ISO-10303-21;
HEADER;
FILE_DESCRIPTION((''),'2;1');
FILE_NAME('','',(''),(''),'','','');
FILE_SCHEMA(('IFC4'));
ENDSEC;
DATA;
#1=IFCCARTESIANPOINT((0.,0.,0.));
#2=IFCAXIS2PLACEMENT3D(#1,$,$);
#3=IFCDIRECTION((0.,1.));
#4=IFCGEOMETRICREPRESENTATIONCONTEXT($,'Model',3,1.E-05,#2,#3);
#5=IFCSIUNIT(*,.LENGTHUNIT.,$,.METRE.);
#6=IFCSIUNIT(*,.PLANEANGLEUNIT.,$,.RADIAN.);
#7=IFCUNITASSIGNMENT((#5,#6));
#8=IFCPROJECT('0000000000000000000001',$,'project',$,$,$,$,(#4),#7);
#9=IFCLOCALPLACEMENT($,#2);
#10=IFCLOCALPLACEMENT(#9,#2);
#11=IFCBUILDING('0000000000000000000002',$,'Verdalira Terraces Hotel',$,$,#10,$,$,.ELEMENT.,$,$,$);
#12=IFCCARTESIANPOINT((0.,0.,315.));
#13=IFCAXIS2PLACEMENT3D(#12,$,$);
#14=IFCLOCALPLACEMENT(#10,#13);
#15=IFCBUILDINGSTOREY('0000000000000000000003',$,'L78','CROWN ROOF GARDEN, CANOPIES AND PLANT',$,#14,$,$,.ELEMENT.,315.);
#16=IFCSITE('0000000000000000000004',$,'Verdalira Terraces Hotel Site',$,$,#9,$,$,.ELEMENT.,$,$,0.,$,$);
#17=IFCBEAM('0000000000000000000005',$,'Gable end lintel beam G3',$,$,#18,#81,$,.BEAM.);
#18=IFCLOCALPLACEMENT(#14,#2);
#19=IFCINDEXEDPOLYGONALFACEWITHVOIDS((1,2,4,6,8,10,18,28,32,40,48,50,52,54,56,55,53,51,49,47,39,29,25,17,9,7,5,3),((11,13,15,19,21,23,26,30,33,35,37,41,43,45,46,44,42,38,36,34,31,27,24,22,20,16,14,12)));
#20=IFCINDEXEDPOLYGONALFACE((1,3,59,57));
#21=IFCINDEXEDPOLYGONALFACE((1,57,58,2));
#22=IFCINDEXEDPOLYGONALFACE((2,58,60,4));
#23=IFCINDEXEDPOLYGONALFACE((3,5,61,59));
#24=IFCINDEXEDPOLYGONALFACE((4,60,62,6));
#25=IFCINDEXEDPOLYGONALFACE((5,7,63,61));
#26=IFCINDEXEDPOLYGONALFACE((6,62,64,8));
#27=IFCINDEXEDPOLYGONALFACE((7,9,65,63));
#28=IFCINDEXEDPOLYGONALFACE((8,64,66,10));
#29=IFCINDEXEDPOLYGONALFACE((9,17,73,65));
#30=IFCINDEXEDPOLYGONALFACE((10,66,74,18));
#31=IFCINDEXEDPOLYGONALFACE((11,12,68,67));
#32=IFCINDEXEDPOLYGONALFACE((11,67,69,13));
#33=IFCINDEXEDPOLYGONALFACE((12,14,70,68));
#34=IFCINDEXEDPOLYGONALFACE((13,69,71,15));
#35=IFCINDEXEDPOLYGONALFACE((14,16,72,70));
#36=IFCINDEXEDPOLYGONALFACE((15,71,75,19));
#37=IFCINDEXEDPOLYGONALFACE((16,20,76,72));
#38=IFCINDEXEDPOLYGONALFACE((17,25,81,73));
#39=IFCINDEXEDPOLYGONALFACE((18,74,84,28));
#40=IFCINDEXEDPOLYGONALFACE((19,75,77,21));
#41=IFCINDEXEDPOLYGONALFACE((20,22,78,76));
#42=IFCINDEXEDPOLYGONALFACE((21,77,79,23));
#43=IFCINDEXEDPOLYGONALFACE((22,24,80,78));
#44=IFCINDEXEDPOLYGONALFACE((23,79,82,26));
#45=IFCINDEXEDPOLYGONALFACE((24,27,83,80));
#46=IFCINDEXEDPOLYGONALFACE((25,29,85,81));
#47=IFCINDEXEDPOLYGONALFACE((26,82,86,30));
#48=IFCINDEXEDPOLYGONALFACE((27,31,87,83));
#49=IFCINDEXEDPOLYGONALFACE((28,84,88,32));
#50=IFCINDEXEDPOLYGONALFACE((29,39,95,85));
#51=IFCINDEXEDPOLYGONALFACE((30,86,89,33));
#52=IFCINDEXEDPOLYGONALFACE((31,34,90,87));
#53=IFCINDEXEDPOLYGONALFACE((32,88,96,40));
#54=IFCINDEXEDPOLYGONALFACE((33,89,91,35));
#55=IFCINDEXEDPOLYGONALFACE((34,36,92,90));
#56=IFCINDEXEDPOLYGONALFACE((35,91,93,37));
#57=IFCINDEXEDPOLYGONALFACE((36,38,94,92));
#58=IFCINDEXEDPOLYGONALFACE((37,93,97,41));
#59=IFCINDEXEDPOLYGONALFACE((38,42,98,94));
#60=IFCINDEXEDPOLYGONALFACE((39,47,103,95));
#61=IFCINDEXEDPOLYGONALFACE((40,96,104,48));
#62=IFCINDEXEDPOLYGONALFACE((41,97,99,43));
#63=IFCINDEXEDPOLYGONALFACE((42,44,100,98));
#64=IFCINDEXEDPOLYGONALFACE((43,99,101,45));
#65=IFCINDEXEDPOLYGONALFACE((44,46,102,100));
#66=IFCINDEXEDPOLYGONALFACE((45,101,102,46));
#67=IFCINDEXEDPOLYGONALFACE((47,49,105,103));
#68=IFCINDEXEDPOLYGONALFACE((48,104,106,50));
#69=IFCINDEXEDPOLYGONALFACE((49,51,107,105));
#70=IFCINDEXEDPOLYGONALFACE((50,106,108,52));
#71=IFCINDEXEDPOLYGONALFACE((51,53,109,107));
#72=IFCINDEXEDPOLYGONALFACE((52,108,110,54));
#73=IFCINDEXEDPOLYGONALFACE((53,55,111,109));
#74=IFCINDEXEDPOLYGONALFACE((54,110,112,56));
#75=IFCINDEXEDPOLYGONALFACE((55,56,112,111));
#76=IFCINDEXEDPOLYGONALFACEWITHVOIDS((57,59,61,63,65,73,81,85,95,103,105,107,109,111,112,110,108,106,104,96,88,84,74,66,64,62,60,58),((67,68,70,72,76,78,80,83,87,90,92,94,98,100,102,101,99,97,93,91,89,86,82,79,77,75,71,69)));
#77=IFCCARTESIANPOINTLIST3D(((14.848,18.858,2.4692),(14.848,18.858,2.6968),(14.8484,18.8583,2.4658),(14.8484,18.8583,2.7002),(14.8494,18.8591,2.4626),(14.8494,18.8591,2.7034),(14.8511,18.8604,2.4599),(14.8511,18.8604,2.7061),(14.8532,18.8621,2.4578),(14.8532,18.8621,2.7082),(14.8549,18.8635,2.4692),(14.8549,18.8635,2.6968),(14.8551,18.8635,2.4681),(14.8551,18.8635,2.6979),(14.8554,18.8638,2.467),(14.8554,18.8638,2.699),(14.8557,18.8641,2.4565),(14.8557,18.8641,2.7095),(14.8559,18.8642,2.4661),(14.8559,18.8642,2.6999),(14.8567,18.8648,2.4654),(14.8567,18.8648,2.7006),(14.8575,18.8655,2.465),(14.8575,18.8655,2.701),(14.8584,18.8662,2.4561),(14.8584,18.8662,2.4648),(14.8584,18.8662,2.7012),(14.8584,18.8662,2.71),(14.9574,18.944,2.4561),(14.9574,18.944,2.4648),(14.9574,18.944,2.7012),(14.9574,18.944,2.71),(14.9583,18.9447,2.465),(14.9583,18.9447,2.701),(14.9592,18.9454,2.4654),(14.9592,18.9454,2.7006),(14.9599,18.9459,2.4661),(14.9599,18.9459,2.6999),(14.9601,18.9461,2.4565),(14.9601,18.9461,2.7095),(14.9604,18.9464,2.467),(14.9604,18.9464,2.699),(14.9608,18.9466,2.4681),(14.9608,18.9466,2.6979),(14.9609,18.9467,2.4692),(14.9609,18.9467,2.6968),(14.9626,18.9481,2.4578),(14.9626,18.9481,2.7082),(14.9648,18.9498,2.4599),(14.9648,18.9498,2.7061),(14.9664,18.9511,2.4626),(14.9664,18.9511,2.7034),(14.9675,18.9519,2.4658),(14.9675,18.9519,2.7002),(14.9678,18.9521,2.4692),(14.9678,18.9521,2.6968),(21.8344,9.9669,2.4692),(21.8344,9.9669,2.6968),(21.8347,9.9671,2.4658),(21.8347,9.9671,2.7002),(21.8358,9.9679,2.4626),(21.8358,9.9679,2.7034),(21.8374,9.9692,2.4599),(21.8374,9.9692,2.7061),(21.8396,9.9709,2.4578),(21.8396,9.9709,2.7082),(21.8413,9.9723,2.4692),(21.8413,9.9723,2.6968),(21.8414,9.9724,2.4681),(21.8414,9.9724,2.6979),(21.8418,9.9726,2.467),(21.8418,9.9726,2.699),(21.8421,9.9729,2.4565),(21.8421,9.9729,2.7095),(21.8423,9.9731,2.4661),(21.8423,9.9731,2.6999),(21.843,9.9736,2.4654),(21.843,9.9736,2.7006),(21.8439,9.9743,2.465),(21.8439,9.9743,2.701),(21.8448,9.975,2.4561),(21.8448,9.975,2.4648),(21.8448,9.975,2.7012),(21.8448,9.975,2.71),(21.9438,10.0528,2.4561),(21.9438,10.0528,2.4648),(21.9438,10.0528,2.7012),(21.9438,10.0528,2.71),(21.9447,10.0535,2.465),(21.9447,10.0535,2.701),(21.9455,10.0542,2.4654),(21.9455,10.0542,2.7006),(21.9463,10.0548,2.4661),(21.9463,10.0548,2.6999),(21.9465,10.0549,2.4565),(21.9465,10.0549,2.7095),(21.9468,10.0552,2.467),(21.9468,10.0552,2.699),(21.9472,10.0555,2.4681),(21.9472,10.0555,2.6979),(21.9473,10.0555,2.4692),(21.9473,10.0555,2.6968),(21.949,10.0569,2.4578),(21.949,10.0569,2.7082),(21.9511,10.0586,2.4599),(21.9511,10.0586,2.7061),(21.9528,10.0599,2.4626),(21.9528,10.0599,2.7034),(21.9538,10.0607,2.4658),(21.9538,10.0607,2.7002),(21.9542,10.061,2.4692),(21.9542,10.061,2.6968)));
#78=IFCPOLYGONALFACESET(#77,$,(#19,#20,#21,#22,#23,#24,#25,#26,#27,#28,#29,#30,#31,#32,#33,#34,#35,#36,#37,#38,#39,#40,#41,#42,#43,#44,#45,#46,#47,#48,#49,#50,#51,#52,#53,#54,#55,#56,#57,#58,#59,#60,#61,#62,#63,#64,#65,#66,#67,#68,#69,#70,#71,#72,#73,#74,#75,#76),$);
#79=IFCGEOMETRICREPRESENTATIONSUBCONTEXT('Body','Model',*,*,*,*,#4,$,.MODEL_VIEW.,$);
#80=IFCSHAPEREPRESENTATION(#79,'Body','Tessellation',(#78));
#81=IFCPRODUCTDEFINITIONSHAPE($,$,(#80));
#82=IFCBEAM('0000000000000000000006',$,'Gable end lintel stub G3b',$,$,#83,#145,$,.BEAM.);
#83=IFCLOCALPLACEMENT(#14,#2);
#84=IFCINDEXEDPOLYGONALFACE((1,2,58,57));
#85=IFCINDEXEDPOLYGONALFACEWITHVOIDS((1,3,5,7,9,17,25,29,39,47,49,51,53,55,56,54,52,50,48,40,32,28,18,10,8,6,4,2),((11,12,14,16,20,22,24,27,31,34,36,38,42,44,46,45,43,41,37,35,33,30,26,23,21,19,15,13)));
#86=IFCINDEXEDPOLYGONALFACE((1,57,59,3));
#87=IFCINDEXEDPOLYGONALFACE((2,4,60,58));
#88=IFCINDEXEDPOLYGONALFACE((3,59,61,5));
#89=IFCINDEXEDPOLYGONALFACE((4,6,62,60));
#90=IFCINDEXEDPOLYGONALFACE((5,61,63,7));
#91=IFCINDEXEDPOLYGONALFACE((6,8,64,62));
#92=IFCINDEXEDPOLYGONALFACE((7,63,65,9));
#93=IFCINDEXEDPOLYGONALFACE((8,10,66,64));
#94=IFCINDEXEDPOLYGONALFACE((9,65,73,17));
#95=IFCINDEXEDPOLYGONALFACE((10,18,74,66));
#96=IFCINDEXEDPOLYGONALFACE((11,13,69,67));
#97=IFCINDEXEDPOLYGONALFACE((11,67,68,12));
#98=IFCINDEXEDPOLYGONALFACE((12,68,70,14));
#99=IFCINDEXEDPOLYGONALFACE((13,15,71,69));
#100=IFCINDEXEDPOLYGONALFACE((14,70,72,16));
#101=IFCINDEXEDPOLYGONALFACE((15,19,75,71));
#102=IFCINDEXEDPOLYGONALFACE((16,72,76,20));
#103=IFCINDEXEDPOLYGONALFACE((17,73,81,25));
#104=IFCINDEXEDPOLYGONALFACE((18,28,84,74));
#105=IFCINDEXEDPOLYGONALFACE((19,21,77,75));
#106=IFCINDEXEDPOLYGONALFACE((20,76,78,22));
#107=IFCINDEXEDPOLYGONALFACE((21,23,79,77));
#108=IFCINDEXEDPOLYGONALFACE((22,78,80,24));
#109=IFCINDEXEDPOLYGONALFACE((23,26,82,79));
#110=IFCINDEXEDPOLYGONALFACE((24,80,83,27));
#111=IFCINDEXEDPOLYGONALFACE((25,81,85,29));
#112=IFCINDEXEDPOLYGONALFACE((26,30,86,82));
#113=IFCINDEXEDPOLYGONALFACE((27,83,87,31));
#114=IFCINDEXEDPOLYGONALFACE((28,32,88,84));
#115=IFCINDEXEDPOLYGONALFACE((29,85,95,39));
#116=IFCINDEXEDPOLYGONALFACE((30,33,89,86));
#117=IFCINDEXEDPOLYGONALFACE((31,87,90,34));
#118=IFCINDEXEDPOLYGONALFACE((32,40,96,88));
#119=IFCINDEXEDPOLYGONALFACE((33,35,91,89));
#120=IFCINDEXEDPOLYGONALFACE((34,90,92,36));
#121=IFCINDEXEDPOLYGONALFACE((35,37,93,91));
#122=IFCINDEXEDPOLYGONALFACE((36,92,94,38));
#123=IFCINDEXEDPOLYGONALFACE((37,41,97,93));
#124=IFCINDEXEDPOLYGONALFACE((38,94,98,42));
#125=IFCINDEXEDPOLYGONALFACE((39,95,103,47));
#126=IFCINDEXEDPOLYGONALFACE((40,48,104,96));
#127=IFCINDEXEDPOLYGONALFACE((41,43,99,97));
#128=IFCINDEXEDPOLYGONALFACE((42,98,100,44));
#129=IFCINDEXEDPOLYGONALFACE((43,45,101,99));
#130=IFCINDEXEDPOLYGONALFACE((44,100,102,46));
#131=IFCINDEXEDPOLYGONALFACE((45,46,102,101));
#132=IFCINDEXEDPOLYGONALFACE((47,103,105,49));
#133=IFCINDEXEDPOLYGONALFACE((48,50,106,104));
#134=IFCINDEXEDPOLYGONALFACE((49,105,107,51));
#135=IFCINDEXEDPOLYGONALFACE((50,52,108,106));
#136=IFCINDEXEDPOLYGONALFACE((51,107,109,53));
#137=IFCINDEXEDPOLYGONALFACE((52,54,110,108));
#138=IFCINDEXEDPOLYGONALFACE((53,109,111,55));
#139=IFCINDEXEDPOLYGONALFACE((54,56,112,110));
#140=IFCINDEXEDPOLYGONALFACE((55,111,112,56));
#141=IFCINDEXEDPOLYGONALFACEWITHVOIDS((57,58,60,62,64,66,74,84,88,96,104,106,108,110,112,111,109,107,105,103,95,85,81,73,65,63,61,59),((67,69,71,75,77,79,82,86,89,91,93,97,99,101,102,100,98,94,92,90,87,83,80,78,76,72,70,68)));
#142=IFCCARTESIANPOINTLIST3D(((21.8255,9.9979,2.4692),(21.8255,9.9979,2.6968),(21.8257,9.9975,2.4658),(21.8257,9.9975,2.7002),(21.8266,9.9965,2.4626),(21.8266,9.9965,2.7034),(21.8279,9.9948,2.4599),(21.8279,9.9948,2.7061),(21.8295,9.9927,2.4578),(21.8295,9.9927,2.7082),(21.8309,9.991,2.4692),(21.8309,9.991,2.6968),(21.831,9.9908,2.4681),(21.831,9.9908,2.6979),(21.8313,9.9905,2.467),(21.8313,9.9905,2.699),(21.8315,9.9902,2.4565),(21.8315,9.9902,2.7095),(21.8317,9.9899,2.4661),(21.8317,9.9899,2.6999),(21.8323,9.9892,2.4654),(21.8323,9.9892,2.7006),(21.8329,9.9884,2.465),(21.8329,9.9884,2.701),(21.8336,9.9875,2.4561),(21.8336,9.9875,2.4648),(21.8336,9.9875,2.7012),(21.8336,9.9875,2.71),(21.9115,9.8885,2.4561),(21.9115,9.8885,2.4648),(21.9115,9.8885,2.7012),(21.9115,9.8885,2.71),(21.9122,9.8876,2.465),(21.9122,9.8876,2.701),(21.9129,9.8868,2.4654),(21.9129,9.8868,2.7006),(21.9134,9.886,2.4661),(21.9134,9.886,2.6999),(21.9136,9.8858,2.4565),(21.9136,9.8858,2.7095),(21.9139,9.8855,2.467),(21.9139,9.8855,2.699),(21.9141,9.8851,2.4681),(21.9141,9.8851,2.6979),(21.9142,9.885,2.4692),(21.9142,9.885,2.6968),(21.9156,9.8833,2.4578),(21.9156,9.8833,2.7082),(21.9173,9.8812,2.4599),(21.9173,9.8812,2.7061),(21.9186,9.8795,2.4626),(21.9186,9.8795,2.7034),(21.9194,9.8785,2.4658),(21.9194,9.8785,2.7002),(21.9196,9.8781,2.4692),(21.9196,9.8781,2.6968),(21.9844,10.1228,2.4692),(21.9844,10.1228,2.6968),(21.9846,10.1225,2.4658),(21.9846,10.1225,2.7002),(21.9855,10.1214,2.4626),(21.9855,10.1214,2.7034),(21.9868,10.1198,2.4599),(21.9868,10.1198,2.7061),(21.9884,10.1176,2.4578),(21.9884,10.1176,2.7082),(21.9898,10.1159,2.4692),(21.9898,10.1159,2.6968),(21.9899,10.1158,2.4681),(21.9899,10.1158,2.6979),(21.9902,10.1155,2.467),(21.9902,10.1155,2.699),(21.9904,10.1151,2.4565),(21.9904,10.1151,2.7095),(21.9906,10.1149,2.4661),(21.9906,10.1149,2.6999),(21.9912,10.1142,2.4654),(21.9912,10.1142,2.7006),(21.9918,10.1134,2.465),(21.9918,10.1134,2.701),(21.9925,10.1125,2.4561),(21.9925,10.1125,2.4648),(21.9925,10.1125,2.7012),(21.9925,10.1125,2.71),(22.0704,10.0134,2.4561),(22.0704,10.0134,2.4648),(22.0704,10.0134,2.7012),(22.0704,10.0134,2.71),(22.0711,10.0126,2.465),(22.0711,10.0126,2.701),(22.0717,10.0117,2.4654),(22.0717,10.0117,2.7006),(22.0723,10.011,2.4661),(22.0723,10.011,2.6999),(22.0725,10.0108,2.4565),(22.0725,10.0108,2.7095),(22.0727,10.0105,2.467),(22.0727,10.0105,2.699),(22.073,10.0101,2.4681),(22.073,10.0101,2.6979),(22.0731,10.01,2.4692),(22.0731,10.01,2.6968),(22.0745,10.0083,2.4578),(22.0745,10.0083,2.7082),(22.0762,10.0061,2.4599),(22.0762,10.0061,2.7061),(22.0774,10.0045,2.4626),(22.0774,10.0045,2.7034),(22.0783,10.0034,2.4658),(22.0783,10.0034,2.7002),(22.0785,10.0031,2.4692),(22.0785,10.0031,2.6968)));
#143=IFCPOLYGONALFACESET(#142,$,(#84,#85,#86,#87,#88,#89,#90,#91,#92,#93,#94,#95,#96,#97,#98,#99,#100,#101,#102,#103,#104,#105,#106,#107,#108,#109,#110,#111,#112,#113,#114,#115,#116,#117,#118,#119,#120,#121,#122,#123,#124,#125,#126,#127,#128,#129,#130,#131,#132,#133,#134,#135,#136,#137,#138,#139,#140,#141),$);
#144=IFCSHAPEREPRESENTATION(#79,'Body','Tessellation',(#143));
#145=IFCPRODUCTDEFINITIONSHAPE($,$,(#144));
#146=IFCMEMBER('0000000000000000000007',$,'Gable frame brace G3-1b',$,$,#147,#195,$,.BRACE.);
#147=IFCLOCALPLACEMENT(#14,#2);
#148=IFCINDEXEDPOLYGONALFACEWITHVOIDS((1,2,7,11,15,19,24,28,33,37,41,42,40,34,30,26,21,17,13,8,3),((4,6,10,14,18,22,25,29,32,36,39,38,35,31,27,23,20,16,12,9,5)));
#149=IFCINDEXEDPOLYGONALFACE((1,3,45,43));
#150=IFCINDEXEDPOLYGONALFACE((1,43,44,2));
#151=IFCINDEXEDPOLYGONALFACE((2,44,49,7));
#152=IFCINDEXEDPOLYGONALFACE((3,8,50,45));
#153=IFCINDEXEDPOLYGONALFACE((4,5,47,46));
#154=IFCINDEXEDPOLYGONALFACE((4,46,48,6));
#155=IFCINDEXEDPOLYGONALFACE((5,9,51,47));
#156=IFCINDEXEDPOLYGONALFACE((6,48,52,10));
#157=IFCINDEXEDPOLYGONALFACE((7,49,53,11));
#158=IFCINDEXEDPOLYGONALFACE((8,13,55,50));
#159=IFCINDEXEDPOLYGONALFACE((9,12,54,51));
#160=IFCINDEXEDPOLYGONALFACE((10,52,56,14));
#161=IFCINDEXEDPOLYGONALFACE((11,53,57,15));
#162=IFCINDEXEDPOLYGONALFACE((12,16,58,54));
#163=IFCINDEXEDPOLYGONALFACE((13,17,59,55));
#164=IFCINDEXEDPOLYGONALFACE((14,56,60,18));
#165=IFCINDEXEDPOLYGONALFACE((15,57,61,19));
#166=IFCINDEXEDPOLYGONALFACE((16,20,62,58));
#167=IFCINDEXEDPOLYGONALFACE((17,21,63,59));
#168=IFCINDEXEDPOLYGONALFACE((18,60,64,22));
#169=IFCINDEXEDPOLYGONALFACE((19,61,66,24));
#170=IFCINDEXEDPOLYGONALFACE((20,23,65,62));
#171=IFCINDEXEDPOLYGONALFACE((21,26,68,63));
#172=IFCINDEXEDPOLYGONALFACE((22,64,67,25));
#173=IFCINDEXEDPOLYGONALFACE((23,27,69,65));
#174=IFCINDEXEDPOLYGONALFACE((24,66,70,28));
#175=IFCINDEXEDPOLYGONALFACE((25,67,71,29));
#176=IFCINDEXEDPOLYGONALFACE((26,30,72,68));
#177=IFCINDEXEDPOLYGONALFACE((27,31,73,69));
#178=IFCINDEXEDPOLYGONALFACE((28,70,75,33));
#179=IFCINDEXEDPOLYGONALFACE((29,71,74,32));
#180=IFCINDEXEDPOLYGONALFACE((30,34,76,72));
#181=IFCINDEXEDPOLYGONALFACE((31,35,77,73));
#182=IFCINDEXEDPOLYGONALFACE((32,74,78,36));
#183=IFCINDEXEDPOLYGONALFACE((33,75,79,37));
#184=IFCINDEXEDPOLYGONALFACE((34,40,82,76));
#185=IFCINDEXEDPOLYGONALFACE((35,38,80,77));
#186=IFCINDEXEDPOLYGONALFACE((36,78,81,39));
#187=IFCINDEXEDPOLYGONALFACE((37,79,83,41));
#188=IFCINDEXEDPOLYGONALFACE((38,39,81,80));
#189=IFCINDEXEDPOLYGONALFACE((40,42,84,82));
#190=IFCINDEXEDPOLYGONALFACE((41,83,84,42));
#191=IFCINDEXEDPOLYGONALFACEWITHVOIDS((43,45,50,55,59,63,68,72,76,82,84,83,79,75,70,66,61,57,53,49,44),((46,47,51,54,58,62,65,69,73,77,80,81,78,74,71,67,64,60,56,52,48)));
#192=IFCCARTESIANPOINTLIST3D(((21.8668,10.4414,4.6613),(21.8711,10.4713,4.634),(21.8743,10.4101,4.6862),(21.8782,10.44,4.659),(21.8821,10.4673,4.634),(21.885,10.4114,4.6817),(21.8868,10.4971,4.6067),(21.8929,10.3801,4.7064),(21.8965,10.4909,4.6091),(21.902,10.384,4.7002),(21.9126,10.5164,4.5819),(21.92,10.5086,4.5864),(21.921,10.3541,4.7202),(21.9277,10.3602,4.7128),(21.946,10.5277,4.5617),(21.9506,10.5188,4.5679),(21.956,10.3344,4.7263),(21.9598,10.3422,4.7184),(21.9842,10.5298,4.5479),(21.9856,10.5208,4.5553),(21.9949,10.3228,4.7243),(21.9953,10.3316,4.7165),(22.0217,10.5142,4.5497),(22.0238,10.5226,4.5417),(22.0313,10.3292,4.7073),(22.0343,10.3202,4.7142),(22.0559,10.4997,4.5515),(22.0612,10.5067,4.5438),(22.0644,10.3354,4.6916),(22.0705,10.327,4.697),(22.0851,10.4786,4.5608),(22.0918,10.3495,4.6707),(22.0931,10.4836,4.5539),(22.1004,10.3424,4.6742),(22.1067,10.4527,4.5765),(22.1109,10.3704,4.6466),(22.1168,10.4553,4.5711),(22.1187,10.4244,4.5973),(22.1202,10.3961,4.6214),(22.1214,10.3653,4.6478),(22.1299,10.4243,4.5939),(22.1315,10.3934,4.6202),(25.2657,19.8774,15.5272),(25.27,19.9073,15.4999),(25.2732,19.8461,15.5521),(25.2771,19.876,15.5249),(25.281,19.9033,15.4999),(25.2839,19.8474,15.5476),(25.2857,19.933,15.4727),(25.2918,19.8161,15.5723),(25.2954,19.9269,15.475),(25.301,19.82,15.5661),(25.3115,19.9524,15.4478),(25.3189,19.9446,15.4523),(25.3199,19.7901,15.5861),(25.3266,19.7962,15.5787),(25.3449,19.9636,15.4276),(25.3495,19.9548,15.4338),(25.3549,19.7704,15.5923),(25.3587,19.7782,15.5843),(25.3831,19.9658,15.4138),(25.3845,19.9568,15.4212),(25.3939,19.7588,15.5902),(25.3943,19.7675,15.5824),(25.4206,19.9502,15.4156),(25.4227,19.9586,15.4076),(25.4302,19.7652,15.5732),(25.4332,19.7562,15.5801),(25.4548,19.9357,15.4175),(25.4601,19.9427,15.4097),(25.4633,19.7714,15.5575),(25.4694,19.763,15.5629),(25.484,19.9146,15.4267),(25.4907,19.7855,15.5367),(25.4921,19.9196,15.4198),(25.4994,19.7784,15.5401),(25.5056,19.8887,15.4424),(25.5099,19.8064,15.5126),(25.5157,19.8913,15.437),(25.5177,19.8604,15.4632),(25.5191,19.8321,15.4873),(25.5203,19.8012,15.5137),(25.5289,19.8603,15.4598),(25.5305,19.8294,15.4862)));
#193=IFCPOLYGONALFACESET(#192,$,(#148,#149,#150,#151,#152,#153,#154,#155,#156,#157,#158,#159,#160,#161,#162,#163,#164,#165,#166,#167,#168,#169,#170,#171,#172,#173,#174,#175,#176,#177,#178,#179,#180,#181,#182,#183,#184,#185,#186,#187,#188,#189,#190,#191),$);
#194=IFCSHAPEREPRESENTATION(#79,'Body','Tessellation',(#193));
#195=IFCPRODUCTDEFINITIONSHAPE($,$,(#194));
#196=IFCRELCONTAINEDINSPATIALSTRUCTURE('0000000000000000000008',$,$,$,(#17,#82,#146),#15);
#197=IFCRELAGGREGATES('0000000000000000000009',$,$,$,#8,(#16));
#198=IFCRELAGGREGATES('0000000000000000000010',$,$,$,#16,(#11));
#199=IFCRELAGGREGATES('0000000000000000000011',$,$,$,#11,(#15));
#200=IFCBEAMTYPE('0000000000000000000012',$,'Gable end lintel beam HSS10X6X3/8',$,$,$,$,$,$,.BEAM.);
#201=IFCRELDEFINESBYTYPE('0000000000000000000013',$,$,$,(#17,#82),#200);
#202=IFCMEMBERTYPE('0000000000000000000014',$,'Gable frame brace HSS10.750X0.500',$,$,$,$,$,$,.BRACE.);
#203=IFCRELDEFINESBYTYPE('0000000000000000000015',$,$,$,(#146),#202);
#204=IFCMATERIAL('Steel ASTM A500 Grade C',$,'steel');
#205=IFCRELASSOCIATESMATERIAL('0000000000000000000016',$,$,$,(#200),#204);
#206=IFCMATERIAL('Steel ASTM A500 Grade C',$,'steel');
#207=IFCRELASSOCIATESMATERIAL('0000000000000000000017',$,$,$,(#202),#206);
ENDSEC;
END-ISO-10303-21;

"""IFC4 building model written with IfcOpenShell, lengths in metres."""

from ifc_helpers import new_model, si_unit, direction, frame, origin, origin_2d, place, context, subcontext, project, spatial, hollow_rectangle, hollow_circle, extrude, material, material_profile, profile_set, type_object, element, save


model = new_model("IFC4")

# Units and contexts
model_context = context("Model", 3, precision=1e-05, world=origin(), true_north=direction((0.0, 1.0)))
body_context = subcontext(model_context, "Body", "Model", "MODEL_VIEW")
ifc_project = project(units=[si_unit("LENGTHUNIT", "METRE"), si_unit("PLANEANGLEUNIT", "RADIAN")], contexts=[model_context])

# Site, building, storey
site_placement = place(None, origin())
site = spatial("IfcSite", under=ifc_project, at=site_placement, Name="Verdalira Terraces Hotel Site", CompositionType="ELEMENT", RefElevation=0.0)
building_placement = place(site_placement, origin())
building = spatial("IfcBuilding", under=site, at=building_placement, Name="Verdalira Terraces Hotel", CompositionType="ELEMENT")
storey_placement = place(building_placement, frame((0.0, 0.0, 315.0)))
storey = spatial("IfcBuildingStorey", under=building, at=storey_placement, Name="L78", Description="CROWN ROOF GARDEN, CANOPIES AND PLANT", CompositionType="ELEMENT", Elevation=315.0)

# Beams
ifc_material_1 = material(Name="Steel ASTM A500 Grade C", Category="steel")
ifc_material_profile_1 = material_profile(ifc_material_1, hollow_rectangle(XDim=0.1523, YDim=0.2539, WallThickness=0.0088, InnerFilletRadius=0.0044, OuterFilletRadius=0.0132, at=origin_2d()), Name="HSS10X6X3/8")
ifc_profile_set_1 = profile_set([ifc_material_profile_1], Name="Steel ASTM A500 Grade C")
beam_type_1 = type_object("IfcBeamType", Name="Gable end lintel beam HSS10X6X3/8", PredefinedType="BEAM", material=ifc_profile_set_1)
beam_1_placement = place(storey_placement, frame((21.8943, 10.0139, 2.583), z_axis=(-0.617846, 0.786299, 0.0), x_axis=(-0.786299, -0.617846, 0.0)))
element("IfcBeam", 1, at=beam_1_placement, inside=storey, type_object=beam_type_1, Name="Gable end lintel beam G3", PredefinedType="BEAM", context=body_context, shape_type="SweptSolid", body=[
    extrude(hollow_rectangle(XDim=0.1523, YDim=0.2539, WallThickness=0.0088, InnerFilletRadius=0.0044, OuterFilletRadius=0.0132, at=origin_2d()), origin(), (0.0, 0.0, 1.0), 11.3076),
])
beam_2_placement = place(storey_placement, frame((21.8726, 9.938, 2.583), z_axis=(0.786025, 0.618195, 0.0), x_axis=(-0.618195, 0.786025, 0.0)))
element("IfcBeam", 2, at=beam_2_placement, inside=storey, type_object=beam_type_1, Name="Gable end lintel stub G3b", PredefinedType="BEAM", context=body_context, shape_type="SweptSolid", body=[
    extrude(hollow_rectangle(XDim=0.1523, YDim=0.2539, WallThickness=0.0088, InnerFilletRadius=0.0044, OuterFilletRadius=0.0132, at=origin_2d()), origin(), (0.0, 0.0, 1.0), 0.2021),
])

# Member
ifc_material_2 = material(Name="Steel ASTM A500 Grade C", Category="steel")
ifc_material_profile_2 = material_profile(ifc_material_2, hollow_circle(Radius=0.1365, WallThickness=0.0117, at=origin_2d()), Name="HSS10.750X0.500")
ifc_profile_set_2 = profile_set([ifc_material_profile_2], Name="Steel ASTM A500 Grade C")
member_type_1 = type_object("IfcMemberType", Name="Gable frame brace HSS10.750X0.500", PredefinedType="BRACE", material=ifc_profile_set_2)
member_1_placement = place(storey_placement, frame((21.9995, 10.425, 4.634), z_axis=(0.229856, 0.638123, 0.734823), x_axis=(-0.940825, 0.338892, 0.0)))
element("IfcMember", 3, at=member_1_placement, inside=storey, type_object=member_type_1, Name="Gable frame brace G3-1b", PredefinedType="BRACE", context=body_context, shape_type="SweptSolid", body=[
    extrude(hollow_circle(Radius=0.1365, WallThickness=0.0117, at=origin_2d()), origin(), (0.0, 0.0, 1.0), 14.7871),
])

save(model, "model.ifc")
